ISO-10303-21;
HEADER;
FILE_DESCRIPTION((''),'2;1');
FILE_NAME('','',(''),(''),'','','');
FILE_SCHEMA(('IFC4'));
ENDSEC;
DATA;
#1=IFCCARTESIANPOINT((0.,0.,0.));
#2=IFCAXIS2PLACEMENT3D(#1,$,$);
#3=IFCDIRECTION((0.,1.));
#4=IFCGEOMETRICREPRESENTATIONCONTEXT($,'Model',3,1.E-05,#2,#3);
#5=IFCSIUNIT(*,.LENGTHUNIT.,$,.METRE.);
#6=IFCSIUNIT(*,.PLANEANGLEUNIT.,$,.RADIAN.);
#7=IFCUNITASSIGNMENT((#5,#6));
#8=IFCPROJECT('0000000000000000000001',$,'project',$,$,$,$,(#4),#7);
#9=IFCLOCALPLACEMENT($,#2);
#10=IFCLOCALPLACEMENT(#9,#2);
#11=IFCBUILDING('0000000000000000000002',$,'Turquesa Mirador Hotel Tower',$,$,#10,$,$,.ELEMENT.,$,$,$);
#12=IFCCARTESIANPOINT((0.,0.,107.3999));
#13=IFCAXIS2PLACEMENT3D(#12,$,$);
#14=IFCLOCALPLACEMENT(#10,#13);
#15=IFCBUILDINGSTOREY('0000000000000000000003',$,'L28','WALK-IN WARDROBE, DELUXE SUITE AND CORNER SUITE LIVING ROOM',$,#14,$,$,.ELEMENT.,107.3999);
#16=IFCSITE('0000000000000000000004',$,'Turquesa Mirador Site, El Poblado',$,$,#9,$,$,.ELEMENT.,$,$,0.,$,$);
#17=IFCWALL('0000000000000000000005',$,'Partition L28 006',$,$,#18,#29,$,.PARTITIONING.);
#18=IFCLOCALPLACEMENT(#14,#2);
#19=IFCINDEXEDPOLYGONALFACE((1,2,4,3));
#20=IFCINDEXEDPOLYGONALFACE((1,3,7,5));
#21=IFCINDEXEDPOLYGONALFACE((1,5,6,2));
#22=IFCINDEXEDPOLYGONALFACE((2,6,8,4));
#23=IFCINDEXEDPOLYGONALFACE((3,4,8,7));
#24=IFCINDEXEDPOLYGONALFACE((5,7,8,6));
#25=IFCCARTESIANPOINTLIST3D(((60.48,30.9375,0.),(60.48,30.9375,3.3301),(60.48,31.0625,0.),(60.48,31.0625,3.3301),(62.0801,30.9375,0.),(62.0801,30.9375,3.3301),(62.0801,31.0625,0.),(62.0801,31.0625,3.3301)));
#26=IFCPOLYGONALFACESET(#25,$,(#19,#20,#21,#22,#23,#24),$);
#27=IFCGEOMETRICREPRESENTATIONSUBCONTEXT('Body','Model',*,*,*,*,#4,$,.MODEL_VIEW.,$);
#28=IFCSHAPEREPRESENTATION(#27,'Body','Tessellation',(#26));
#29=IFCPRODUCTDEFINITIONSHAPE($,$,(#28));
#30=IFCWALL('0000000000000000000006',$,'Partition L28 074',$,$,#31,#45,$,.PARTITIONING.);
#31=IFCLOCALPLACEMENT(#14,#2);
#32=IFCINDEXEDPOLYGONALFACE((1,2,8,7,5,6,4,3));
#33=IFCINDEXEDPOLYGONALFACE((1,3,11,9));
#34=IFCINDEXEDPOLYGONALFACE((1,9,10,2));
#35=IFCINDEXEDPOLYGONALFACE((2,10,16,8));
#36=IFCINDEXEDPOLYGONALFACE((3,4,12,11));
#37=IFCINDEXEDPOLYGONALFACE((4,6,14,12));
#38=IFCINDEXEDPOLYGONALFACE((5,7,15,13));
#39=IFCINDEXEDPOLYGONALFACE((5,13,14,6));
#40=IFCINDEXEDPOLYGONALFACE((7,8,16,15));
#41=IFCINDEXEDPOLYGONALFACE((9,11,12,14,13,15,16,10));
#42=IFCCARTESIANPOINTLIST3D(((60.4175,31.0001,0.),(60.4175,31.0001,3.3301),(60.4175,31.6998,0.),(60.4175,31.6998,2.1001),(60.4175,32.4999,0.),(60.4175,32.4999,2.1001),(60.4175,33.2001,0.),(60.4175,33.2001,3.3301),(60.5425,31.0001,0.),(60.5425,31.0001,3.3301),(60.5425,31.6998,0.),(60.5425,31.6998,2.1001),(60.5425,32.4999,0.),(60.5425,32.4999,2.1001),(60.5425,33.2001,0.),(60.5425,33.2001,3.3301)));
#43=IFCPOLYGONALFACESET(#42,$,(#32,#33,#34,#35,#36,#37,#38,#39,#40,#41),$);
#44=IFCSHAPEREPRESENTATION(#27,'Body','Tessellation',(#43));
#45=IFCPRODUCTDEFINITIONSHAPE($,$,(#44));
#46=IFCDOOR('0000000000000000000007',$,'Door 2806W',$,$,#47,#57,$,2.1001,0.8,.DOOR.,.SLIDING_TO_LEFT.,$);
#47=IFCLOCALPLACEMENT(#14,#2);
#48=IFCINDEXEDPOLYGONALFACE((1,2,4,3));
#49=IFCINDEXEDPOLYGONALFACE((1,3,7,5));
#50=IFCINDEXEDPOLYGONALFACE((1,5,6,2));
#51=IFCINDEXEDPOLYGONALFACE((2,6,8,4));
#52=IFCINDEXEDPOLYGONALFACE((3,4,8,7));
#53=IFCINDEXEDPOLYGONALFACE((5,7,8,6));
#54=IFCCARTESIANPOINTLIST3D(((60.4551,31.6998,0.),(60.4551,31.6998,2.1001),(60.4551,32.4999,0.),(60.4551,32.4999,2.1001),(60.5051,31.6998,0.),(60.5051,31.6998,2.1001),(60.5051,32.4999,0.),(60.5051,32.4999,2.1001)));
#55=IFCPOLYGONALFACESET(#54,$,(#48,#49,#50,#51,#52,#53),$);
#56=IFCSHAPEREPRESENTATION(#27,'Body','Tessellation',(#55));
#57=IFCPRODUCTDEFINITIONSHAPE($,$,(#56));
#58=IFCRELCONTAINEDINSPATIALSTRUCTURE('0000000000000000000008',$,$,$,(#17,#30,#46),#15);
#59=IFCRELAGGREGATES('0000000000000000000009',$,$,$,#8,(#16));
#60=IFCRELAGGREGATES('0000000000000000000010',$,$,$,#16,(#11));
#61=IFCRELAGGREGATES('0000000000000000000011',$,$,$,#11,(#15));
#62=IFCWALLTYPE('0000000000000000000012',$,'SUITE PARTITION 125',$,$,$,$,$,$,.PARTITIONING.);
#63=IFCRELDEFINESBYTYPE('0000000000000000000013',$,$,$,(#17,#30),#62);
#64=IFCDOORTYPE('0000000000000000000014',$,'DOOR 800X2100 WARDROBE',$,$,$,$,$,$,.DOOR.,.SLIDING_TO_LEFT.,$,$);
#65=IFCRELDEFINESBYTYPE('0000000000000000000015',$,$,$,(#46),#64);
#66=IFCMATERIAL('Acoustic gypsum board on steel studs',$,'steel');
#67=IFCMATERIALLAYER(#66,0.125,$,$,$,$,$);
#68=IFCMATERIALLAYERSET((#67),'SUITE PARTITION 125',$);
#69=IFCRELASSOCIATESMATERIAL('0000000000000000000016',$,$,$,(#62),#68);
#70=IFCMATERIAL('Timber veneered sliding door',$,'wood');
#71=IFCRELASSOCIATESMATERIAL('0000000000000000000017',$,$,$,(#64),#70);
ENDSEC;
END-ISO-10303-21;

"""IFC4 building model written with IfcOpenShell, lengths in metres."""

from ifc_helpers import new_model, si_unit, direction, frame, frame_2d, origin, place, context, subcontext, project, spatial, rectangle, extrude, material, layer, layer_set, type_object, element, fill, save


model = new_model("IFC4")

# Units and contexts
model_context = context("Model", 3, precision=1e-05, world=origin(), true_north=direction((0.0, 1.0)))
body_context = subcontext(model_context, "Body", "Model", "MODEL_VIEW")
ifc_project = project(units=[si_unit("LENGTHUNIT", "METRE"), si_unit("PLANEANGLEUNIT", "RADIAN")], contexts=[model_context])

# Site, building, storey
site_placement = place(None, origin())
site = spatial("IfcSite", under=ifc_project, at=site_placement, Name="Turquesa Mirador Site, El Poblado", CompositionType="ELEMENT", RefElevation=0.0)
building_placement = place(site_placement, origin())
building = spatial("IfcBuilding", under=site, at=building_placement, Name="Turquesa Mirador Hotel Tower", CompositionType="ELEMENT")
storey_placement = place(building_placement, frame((0.0, 0.0, 107.3999)))
storey = spatial("IfcBuildingStorey", under=building, at=storey_placement, Name="L28", Description="WALK-IN WARDROBE, DELUXE SUITE AND CORNER SUITE LIVING ROOM", CompositionType="ELEMENT", Elevation=107.3999)

# Wall
ifc_material_1 = material(Name="Acoustic gypsum board on steel studs", Category="steel")
ifc_layer_1 = layer(ifc_material_1, 0.125)
ifc_layer_set_1 = layer_set([ifc_layer_1], Name="SUITE PARTITION 125")
wall_type_1 = type_object("IfcWallType", Name="SUITE PARTITION 125", PredefinedType="PARTITIONING", material=ifc_layer_set_1)
wall_1_placement = place(storey_placement, frame((60.48, 31.0, 0.0), z_axis=(0.0, 0.0, 1.0), x_axis=(1.0, 0.0, 0.0)))
element("IfcWall", 1, at=wall_1_placement, inside=storey, type_object=wall_type_1, Name="Partition L28 006", PredefinedType="PARTITIONING", context=body_context, shape_type="SweptSolid", body=[
    extrude(rectangle(XDim=1.6001, YDim=0.125, at=frame_2d((0.8, 0.0))), origin(), (0.0, 0.0, 1.0), 3.3301),
])

# Wall, opening, door
wall_2_placement = place(storey_placement, frame((60.48, 31.0, 0.0), z_axis=(0.0, 0.0, 1.0), x_axis=(0.0, 1.0, 0.0)))
wall_2 = element("IfcWall", 2, at=wall_2_placement, inside=storey, type_object=wall_type_1, Name="Partition L28 074", PredefinedType="PARTITIONING", context=body_context, shape_type="SweptSolid", body=[
    extrude(rectangle(XDim=2.2, YDim=0.125, at=frame_2d((1.1001, 0.0))), origin(), (0.0, 0.0, 1.0), 3.3301),
])
opening_1_placement = place(wall_2_placement, frame((0.7, 0.0, 0.0)))
opening_1 = element("IfcOpeningElement", 3, at=opening_1_placement, cuts=wall_2, PredefinedType="OPENING", context=body_context, shape_type="SweptSolid", body=[
    extrude(rectangle(XDim=0.8, YDim=2.1001, at=frame_2d((0.3999, 1.05))), frame((0.0, 0.0725, 0.0), z_axis=(0.0, -1.0, 0.0), x_axis=(1.0, 0.0, 0.0)), (0.0, 0.0, 1.0), 0.145),
])
ifc_material_2 = material(Name="Timber veneered sliding door", Category="wood")
door_type_1 = type_object("IfcDoorType", Name="DOOR 800X2100 WARDROBE", OperationType="SLIDING_TO_LEFT", PredefinedType="DOOR", material=ifc_material_2)
door_1_placement = place(opening_1_placement, origin())
door_1 = element("IfcDoor", 4, at=door_1_placement, inside=storey, type_object=door_type_1, Name="Door 2806W", OperationType="SLIDING_TO_LEFT", OverallHeight=2.1001, OverallWidth=0.8, PredefinedType="DOOR", context=body_context, shape_type="SweptSolid", body=[
    extrude(rectangle(XDim=0.8, YDim=2.1001, at=frame_2d((0.3999, 1.05))), frame((0.0, 0.0249, 0.0), z_axis=(0.0, -1.0, 0.0), x_axis=(1.0, 0.0, 0.0)), (0.0, 0.0, 1.0), 0.05),
])
fill(opening_1, door_1)

save(model, "model.ifc")
